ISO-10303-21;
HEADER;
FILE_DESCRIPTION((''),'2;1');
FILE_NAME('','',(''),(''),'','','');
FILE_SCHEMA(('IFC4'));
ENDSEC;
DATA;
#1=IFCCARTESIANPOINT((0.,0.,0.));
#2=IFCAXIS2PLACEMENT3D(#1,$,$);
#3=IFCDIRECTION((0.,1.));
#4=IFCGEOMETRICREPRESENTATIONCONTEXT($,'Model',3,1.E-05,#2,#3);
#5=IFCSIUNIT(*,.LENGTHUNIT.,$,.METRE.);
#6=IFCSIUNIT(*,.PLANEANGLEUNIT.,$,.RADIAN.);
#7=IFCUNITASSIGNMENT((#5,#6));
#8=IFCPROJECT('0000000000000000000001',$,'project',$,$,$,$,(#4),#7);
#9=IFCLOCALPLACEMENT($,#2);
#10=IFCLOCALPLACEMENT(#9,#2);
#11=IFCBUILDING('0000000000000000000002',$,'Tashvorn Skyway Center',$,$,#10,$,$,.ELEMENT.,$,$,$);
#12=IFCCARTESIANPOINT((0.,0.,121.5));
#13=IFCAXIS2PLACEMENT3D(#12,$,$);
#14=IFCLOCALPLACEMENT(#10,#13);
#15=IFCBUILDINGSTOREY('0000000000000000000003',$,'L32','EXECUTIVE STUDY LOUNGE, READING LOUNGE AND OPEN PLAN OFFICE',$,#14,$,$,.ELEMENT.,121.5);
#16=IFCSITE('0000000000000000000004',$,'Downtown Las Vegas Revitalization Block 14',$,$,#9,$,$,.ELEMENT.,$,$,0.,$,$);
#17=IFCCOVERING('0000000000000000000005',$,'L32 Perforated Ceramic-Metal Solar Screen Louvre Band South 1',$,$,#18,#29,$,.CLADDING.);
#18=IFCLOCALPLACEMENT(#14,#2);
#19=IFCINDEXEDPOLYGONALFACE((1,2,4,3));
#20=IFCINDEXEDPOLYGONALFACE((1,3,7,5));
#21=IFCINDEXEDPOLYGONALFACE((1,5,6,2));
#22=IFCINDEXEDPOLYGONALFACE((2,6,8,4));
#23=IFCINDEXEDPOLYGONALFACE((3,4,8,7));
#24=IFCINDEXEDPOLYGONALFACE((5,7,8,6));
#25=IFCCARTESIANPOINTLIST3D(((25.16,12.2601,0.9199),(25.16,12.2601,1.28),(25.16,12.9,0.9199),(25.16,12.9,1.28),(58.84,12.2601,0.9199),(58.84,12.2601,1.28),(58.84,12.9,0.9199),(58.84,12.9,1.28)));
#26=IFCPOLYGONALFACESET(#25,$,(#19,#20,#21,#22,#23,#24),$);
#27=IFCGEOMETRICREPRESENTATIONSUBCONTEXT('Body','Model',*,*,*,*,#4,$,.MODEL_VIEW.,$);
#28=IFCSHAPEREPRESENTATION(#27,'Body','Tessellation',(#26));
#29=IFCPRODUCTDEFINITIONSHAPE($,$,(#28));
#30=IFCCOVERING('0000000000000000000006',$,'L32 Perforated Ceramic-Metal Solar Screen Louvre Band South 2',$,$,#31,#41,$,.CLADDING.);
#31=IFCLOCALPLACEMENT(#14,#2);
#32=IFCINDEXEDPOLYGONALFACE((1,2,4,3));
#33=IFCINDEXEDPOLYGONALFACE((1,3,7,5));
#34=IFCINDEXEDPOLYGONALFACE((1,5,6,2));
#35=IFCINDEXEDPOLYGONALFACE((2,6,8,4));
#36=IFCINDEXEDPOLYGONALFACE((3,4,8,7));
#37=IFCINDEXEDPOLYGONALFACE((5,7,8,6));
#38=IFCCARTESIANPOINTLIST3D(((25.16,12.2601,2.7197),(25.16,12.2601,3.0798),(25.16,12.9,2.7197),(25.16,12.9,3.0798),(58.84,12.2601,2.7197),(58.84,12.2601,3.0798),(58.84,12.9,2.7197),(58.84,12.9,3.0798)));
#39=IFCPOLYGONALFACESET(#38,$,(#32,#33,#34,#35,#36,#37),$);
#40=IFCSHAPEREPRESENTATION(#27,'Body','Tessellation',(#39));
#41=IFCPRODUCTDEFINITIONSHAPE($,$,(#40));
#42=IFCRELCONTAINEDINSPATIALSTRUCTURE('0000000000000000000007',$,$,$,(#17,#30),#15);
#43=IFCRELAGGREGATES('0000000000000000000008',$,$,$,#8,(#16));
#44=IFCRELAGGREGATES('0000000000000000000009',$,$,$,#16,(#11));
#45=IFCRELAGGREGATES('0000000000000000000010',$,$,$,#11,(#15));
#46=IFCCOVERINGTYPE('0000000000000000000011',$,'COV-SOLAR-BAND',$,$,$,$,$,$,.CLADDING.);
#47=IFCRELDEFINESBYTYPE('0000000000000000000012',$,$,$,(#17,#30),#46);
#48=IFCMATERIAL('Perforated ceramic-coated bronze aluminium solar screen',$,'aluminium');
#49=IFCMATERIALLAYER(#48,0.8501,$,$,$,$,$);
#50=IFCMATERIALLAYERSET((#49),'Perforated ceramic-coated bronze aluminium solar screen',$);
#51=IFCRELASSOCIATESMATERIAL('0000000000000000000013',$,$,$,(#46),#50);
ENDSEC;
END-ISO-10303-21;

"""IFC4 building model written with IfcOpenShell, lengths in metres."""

from ifc_helpers import new_model, si_unit, direction, frame, origin, origin_2d, place, context, subcontext, project, spatial, rectangle, extrude, material, layer, layer_set, type_object, element, save


model = new_model("IFC4")

# Units and contexts
model_context = context("Model", 3, precision=1e-05, world=origin(), true_north=direction((0.0, 1.0)))
body_context = subcontext(model_context, "Body", "Model", "MODEL_VIEW")
ifc_project = project(units=[si_unit("LENGTHUNIT", "METRE"), si_unit("PLANEANGLEUNIT", "RADIAN")], contexts=[model_context])

# Site, building, storey
site_placement = place(None, origin())
site = spatial("IfcSite", under=ifc_project, at=site_placement, Name="Downtown Las Vegas Revitalization Block 14", CompositionType="ELEMENT", RefElevation=0.0)
building_placement = place(site_placement, origin())
building = spatial("IfcBuilding", under=site, at=building_placement, Name="Tashvorn Skyway Center", CompositionType="ELEMENT")
storey_placement = place(building_placement, frame((0.0, 0.0, 121.5)))
storey = spatial("IfcBuildingStorey", under=building, at=storey_placement, Name="L32", Description="EXECUTIVE STUDY LOUNGE, READING LOUNGE AND OPEN PLAN OFFICE", CompositionType="ELEMENT", Elevation=121.5)

# Coverings
ifc_material_1 = material(Name="Perforated ceramic-coated bronze aluminium solar screen", Category="aluminium")
ifc_layer_1 = layer(ifc_material_1, 0.8501)
ifc_layer_set_1 = layer_set([ifc_layer_1], Name="Perforated ceramic-coated bronze aluminium solar screen")
covering_type_1 = type_object("IfcCoveringType", Name="COV-SOLAR-BAND", PredefinedType="CLADDING", material=ifc_layer_set_1)
for number, where, z_axis, x_axis, name in (
    (1, (42.0, 12.5801, 0.9199), (0.0, 0.0, 1.0), (-1.0, 0.0, 0.0), "L32 Perforated Ceramic-Metal Solar Screen Louvre Band South 1"),
    (2, (42.0, 12.5801, 2.7197), (0.0, 0.0, 1.0), (-1.0, 0.0, 0.0), "L32 Perforated Ceramic-Metal Solar Screen Louvre Band South 2"),
):
    element("IfcCovering", number, at=place(storey_placement, frame(where, z_axis=z_axis, x_axis=x_axis)), inside=storey, type_object=covering_type_1, Name=name, PredefinedType="CLADDING", context=body_context, shape_type="SweptSolid", body=[
        extrude(rectangle(XDim=33.6799, YDim=0.6399, at=origin_2d()), origin(), (0.0, 0.0, 1.0), 0.3601),
    ])

save(model, "model.ifc")
